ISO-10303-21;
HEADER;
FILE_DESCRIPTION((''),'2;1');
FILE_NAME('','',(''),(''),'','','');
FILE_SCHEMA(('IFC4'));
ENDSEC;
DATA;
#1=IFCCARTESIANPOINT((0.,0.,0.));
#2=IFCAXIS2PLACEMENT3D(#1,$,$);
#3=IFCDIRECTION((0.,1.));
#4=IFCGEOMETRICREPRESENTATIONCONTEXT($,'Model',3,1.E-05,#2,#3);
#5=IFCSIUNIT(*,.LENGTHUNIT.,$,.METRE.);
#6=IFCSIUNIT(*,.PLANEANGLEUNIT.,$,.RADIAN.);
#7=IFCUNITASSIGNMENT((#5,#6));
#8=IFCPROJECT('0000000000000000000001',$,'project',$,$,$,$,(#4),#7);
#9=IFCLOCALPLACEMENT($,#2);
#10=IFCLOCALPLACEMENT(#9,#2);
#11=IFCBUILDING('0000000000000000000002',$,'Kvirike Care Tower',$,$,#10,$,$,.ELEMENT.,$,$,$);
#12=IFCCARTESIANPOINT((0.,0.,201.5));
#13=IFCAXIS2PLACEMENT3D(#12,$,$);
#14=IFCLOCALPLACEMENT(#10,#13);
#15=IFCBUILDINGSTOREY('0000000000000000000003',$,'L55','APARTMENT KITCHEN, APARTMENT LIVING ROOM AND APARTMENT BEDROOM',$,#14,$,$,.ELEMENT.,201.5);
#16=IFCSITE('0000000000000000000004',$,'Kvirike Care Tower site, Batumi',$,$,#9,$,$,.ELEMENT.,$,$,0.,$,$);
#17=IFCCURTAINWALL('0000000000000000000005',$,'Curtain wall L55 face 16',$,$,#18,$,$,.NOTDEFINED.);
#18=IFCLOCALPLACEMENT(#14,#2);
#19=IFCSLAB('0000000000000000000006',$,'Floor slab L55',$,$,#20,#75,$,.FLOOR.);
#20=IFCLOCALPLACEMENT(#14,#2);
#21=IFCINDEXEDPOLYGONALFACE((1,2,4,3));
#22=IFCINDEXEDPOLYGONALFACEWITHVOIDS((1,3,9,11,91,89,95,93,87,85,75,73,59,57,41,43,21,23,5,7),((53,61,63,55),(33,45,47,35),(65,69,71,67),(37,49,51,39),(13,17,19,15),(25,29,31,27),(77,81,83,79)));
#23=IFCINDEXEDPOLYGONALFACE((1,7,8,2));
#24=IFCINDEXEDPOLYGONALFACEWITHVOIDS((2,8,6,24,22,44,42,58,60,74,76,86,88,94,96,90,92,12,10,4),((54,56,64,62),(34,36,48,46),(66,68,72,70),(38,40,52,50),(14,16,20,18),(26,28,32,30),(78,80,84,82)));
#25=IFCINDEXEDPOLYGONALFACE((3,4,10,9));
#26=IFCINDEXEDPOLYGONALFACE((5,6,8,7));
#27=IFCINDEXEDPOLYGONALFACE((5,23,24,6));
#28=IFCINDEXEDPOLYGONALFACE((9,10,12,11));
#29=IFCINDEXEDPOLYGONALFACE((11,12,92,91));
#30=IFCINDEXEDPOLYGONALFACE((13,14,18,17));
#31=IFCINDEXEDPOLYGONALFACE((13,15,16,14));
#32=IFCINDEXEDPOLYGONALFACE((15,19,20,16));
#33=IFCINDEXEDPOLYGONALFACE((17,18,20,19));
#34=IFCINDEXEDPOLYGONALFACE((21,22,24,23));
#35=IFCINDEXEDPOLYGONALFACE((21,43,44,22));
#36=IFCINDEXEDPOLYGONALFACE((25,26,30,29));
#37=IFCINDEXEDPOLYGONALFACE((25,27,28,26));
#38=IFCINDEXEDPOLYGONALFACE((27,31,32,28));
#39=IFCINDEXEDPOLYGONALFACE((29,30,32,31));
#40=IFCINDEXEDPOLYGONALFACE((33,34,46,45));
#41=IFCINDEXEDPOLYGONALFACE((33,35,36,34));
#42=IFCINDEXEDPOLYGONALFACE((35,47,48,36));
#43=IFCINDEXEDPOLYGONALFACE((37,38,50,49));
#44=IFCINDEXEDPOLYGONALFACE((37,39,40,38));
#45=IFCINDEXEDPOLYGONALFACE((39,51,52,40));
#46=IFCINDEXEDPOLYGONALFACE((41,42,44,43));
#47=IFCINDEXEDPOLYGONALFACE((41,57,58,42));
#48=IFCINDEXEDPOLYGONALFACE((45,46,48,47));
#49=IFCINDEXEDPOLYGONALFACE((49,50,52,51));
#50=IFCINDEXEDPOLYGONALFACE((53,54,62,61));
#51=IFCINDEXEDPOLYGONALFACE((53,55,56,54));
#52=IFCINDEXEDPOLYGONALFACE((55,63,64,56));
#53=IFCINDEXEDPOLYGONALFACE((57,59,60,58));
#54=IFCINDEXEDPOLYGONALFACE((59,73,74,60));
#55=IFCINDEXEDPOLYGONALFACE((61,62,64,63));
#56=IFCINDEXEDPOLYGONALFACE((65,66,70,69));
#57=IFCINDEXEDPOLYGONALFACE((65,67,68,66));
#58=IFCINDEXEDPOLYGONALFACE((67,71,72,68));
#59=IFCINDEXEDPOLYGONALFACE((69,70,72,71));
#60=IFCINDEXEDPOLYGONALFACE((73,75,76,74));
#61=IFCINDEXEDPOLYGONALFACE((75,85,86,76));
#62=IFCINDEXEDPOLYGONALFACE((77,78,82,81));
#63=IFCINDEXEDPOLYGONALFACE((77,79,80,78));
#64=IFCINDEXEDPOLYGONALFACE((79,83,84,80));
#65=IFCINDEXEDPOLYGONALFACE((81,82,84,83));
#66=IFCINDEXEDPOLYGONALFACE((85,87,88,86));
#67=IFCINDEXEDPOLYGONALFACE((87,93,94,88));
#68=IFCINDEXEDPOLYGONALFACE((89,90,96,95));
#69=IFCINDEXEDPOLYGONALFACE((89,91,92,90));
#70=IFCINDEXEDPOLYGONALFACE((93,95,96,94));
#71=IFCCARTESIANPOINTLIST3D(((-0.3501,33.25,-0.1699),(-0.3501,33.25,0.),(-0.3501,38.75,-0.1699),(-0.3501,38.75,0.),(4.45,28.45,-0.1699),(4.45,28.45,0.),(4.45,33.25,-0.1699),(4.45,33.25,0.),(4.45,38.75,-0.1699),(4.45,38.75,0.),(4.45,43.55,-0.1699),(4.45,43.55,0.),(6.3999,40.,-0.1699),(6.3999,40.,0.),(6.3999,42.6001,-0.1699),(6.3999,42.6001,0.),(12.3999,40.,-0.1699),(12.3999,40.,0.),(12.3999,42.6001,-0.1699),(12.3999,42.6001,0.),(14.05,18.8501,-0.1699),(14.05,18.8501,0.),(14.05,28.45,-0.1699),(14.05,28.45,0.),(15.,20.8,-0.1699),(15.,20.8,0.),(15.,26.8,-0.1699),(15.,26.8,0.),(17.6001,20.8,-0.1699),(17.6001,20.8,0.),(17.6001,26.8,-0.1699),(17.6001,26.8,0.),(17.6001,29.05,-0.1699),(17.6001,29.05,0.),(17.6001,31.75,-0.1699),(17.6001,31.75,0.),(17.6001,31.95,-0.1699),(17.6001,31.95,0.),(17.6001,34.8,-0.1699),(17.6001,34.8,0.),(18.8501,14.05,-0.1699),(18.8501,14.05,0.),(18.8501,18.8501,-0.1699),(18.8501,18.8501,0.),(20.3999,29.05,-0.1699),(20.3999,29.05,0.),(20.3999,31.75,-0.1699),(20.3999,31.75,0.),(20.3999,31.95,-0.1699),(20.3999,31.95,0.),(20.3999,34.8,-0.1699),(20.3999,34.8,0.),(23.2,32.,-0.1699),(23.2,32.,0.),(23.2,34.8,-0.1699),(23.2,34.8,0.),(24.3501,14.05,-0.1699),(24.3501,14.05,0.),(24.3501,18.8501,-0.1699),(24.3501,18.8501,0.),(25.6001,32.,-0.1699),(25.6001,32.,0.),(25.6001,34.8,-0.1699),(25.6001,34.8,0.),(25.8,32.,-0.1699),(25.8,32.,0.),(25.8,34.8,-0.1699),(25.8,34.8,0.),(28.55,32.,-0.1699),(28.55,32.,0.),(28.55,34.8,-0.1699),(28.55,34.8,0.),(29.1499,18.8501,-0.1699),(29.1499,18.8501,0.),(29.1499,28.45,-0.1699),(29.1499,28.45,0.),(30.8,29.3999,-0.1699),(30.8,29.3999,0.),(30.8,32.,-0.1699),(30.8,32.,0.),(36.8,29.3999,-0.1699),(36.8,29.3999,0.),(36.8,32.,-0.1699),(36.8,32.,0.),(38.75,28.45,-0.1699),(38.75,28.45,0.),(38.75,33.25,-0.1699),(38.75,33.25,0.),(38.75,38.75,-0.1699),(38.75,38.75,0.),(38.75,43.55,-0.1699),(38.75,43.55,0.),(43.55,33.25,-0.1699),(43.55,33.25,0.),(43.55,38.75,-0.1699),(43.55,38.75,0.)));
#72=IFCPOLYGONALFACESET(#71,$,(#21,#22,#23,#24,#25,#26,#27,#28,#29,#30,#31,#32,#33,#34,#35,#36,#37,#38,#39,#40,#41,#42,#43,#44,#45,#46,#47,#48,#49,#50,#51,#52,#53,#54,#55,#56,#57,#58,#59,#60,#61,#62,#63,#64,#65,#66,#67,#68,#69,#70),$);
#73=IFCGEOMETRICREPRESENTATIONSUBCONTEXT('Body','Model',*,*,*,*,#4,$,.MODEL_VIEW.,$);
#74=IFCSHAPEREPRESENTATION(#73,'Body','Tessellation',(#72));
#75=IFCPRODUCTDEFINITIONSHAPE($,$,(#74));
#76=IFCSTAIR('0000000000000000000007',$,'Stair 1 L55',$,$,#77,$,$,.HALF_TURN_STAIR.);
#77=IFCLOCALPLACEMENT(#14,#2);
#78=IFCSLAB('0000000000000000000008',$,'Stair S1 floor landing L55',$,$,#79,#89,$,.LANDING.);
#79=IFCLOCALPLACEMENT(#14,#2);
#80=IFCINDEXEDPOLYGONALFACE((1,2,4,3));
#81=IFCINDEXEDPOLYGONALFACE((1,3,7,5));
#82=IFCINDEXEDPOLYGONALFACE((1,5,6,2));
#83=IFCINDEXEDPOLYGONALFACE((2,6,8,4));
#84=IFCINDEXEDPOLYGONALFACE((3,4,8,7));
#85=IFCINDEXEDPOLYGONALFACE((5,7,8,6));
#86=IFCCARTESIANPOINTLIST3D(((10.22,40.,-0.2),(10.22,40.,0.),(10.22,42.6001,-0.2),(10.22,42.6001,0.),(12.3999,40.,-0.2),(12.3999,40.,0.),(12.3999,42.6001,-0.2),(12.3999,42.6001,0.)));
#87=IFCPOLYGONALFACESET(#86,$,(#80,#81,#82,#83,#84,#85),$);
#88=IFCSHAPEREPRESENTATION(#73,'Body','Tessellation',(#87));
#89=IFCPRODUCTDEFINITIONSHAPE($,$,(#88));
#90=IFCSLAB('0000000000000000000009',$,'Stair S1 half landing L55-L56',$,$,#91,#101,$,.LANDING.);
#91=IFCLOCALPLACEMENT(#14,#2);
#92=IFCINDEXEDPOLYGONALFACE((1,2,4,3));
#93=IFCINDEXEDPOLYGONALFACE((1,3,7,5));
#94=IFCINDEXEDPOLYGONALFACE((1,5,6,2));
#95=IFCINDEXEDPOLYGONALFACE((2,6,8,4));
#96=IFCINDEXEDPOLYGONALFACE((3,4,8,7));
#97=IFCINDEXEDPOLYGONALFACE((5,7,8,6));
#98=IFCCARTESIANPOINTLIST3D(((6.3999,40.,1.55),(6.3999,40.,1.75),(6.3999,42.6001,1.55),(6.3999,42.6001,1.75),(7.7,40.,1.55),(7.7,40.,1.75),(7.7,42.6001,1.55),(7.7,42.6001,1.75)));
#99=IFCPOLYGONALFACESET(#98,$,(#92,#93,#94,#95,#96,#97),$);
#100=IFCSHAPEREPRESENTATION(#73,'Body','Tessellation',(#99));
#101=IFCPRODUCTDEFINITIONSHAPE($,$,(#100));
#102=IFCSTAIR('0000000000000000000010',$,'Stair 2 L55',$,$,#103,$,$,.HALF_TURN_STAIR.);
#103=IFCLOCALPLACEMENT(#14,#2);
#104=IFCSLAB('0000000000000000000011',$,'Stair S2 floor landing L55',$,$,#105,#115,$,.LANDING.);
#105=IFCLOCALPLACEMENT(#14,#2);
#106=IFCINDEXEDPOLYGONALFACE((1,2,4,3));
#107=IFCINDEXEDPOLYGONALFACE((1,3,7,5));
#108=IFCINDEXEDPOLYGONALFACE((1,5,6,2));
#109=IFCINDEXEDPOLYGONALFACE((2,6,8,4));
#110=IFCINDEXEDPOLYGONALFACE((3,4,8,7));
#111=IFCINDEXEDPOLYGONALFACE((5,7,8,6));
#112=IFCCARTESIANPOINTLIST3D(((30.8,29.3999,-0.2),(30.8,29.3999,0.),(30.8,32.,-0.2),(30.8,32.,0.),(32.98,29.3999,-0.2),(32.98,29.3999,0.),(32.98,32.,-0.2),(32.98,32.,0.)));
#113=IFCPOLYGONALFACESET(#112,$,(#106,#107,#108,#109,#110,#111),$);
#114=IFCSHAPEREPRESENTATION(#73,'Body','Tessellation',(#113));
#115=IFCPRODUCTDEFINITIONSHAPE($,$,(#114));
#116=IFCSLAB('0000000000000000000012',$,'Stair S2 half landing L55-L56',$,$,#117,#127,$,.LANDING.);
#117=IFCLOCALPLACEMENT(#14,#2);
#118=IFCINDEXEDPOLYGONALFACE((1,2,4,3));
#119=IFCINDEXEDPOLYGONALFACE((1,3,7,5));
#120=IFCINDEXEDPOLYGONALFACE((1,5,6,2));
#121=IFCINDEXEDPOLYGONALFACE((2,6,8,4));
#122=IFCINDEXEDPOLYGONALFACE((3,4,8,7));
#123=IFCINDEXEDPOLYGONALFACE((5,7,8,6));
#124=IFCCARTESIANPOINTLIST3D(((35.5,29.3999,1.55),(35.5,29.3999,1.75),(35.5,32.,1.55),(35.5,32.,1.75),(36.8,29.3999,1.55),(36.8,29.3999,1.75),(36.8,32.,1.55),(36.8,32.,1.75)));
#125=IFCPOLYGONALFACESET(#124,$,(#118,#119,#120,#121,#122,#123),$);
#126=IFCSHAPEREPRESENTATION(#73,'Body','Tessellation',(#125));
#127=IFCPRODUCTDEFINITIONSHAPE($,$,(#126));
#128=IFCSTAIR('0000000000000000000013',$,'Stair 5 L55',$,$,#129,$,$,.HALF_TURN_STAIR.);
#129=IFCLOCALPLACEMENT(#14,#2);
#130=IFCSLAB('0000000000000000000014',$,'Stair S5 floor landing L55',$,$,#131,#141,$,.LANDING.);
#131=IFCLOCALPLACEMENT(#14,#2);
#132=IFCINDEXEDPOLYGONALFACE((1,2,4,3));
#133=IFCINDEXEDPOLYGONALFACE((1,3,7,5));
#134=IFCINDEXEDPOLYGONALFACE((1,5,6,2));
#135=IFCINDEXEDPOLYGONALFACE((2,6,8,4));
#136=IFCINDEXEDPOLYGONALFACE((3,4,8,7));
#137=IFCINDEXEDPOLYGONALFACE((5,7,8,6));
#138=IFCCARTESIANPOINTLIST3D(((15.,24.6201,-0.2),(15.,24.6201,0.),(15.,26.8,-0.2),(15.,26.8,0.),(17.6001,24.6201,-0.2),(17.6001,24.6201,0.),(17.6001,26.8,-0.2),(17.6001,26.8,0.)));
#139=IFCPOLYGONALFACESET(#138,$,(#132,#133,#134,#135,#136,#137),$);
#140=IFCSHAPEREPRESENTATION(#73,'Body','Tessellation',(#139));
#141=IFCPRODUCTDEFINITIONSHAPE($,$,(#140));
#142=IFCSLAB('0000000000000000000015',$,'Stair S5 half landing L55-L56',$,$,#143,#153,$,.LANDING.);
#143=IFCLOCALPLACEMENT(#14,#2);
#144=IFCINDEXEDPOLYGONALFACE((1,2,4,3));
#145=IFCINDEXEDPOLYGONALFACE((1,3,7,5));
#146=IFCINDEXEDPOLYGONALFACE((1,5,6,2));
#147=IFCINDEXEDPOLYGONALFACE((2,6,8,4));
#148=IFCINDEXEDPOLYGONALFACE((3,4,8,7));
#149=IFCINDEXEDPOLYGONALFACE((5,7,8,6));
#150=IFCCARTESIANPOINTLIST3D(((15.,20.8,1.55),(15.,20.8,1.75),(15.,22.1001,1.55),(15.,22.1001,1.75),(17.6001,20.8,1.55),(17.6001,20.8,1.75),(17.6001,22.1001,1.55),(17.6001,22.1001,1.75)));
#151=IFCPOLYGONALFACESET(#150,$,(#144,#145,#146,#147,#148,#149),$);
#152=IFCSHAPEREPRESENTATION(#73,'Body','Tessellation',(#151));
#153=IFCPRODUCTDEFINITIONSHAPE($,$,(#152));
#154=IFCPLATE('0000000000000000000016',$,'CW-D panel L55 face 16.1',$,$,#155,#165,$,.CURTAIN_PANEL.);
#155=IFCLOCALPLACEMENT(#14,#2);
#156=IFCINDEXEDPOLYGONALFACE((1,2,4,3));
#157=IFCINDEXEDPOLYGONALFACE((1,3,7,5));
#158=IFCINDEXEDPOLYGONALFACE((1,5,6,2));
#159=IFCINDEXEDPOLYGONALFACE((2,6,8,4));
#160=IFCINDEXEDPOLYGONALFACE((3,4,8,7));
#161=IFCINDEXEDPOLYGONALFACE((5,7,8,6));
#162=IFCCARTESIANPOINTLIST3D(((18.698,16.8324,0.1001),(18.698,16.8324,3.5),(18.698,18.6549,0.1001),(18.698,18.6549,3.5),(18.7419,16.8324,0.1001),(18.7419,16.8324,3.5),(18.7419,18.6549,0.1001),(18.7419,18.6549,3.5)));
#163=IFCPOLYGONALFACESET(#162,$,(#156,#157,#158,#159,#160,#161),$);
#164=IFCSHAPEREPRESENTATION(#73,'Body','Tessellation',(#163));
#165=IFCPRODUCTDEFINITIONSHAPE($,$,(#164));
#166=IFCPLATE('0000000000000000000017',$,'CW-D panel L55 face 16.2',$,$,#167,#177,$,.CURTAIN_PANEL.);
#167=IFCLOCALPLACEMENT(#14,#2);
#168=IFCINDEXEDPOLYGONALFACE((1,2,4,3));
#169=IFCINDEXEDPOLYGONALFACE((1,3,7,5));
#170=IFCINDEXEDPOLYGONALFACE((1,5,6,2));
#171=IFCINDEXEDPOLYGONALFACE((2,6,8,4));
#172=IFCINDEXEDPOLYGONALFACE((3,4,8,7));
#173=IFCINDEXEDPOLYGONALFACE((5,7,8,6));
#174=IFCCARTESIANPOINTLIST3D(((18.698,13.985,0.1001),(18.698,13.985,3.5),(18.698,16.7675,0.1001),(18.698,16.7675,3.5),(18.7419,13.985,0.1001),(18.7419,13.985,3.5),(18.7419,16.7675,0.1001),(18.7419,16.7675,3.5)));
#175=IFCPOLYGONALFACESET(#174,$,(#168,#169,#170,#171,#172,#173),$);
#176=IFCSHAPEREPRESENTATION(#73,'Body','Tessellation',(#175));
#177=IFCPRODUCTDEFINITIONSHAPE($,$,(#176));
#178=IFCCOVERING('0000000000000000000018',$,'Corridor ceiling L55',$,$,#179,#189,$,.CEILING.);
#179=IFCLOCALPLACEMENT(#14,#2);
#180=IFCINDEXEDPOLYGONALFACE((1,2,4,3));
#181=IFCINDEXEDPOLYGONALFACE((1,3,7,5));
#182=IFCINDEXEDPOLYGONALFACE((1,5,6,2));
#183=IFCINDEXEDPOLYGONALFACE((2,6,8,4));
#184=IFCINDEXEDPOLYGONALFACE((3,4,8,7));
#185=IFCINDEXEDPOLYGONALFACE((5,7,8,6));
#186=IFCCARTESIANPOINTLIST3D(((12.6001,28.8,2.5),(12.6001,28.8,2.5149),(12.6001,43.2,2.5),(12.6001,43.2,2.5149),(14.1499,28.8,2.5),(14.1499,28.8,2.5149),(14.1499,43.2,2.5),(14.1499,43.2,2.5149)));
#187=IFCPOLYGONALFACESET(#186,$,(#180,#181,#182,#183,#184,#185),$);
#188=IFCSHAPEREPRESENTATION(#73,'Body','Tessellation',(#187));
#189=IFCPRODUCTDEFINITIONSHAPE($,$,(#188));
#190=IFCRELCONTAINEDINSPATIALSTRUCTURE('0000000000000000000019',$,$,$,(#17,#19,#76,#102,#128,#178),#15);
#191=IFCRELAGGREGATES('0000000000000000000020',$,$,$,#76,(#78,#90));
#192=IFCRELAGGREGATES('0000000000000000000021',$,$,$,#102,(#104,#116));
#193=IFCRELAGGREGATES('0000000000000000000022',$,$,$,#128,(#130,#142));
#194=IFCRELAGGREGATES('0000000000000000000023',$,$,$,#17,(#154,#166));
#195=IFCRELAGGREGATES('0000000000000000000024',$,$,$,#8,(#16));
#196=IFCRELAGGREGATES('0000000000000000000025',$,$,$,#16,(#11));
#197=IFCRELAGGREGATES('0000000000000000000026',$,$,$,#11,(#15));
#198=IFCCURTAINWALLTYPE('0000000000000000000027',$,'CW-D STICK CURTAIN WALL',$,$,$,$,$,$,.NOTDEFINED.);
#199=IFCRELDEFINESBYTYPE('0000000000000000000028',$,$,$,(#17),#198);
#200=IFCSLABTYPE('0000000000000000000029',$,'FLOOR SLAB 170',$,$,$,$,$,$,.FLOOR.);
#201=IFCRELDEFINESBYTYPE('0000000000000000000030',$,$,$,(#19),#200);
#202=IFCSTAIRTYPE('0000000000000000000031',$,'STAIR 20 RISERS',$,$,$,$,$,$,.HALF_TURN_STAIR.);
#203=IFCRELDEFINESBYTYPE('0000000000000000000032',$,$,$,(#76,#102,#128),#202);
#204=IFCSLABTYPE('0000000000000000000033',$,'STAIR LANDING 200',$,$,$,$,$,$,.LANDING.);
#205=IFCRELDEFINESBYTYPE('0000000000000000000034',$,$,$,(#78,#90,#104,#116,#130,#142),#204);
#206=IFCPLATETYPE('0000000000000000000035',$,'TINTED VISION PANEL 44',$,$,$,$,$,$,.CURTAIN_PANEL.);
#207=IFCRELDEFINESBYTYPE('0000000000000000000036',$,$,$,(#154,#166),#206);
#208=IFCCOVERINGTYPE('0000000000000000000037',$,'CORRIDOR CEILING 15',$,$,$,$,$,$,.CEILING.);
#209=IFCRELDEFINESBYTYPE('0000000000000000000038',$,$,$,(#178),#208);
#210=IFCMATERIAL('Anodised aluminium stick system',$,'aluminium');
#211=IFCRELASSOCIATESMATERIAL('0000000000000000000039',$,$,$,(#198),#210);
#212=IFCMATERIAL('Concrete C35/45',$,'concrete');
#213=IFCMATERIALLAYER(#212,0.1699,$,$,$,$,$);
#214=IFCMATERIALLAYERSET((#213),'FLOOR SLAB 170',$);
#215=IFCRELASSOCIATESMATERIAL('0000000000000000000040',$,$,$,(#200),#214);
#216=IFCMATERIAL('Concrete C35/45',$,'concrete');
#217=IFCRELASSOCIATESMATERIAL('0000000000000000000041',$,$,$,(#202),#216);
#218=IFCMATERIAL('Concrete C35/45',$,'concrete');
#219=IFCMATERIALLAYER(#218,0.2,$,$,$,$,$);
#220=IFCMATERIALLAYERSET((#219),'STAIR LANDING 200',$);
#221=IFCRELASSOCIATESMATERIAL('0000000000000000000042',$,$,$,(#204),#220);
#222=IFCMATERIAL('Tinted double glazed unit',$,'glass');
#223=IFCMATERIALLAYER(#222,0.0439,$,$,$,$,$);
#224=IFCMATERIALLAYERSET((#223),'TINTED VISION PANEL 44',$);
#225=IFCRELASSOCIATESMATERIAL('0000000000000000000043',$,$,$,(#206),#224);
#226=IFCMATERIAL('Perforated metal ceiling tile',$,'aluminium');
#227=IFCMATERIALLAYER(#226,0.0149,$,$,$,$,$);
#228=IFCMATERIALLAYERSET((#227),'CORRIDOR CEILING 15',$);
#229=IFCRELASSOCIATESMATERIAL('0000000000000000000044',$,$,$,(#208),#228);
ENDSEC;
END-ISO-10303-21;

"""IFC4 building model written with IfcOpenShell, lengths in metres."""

from ifc_helpers import new_model, si_unit, direction, frame, origin, origin_2d, place, context, subcontext, project, spatial, polyline, rectangle, outline, extrude, material, layer, layer_set, type_object, element, aggregate, save


model = new_model("IFC4")

# Units and contexts
model_context = context("Model", 3, precision=1e-05, world=origin(), true_north=direction((0.0, 1.0)))
body_context = subcontext(model_context, "Body", "Model", "MODEL_VIEW")
ifc_project = project(units=[si_unit("LENGTHUNIT", "METRE"), si_unit("PLANEANGLEUNIT", "RADIAN")], contexts=[model_context])

# Site, building, storey
site_placement = place(None, origin())
site = spatial("IfcSite", under=ifc_project, at=site_placement, Name="Kvirike Care Tower site, Batumi", CompositionType="ELEMENT", RefElevation=0.0)
building_placement = place(site_placement, origin())
building = spatial("IfcBuilding", under=site, at=building_placement, Name="Kvirike Care Tower", CompositionType="ELEMENT")
storey_placement = place(building_placement, frame((0.0, 0.0, 201.5)))
storey = spatial("IfcBuildingStorey", under=building, at=storey_placement, Name="L55", Description="APARTMENT KITCHEN, APARTMENT LIVING ROOM AND APARTMENT BEDROOM", CompositionType="ELEMENT", Elevation=201.5)

# Curtain wall
ifc_material_1 = material(Name="Anodised aluminium stick system", Category="aluminium")
curtain_wall_type = type_object("IfcCurtainWallType", Name="CW-D STICK CURTAIN WALL", PredefinedType="NOTDEFINED", material=ifc_material_1)
curtain_wall_1_placement = place(storey_placement, origin())
curtain_wall_1 = element("IfcCurtainWall", 1, at=curtain_wall_1_placement, inside=storey, type_object=curtain_wall_type, Name="Curtain wall L55 face 16", PredefinedType="NOTDEFINED")

# Slab
ifc_material_2 = material(Name="Concrete C35/45", Category="concrete")
ifc_layer_1 = layer(ifc_material_2, 0.1699)
ifc_layer_set_1 = layer_set([ifc_layer_1], Name="FLOOR SLAB 170")
slab_type_1 = type_object("IfcSlabType", Name="FLOOR SLAB 170", PredefinedType="FLOOR", material=ifc_layer_set_1)
slab_1_placement = place(storey_placement, frame((0.0, 0.0, -0.1699)))
element("IfcSlab", 2, at=slab_1_placement, inside=storey, type_object=slab_type_1, Name="Floor slab L55", PredefinedType="FLOOR", context=body_context, shape_type="SweptSolid", body=[
    extrude(outline(polyline([(29.1499, 28.45), (38.75, 28.45), (38.75, 33.25), (43.55, 33.25), (43.55, 38.75), (38.75, 38.75), (38.75, 43.55), (4.45, 43.55), (4.45, 38.75), (-0.3501, 38.75), (-0.3501, 33.25), (4.45, 33.25), (4.45, 28.45), (14.05, 28.45), (14.05, 18.8501), (18.8501, 18.8501), (18.8501, 14.05), (24.3501, 14.05), (24.3501, 18.8501), (29.1499, 18.8501), (29.1499, 28.45)]), holes=[polyline([(17.6001, 29.05), (17.6001, 31.75), (20.3999, 31.75), (20.3999, 29.05), (17.6001, 29.05)]), polyline([(17.6001, 31.95), (17.6001, 34.8), (20.3999, 34.8), (20.3999, 31.95), (17.6001, 31.95)]), polyline([(23.2, 32.0), (23.2, 34.8), (25.6001, 34.8), (25.6001, 32.0), (23.2, 32.0)]), polyline([(25.8, 32.0), (25.8, 34.8), (28.55, 34.8), (28.55, 32.0), (25.8, 32.0)]), polyline([(12.3999, 42.6001), (12.3999, 40.0), (6.3999, 40.0), (6.3999, 42.6001), (12.3999, 42.6001)]), polyline([(30.8, 29.3999), (30.8, 32.0), (36.8, 32.0), (36.8, 29.3999), (30.8, 29.3999)]), polyline([(15.0, 26.8), (17.6001, 26.8), (17.6001, 20.8), (15.0, 20.8), (15.0, 26.8)])]), origin(), (0.0, 0.0, 1.0), 0.1699),
])

# Stairs, slabs
ifc_material_3 = material(Name="Concrete C35/45", Category="concrete")
stair_type = type_object("IfcStairType", Name="STAIR 20 RISERS", PredefinedType="HALF_TURN_STAIR", material=ifc_material_3)
stair_1_placement = place(storey_placement, origin())
stair_1 = element("IfcStair", 3, at=stair_1_placement, inside=storey, type_object=stair_type, Name="Stair 1 L55", PredefinedType="HALF_TURN_STAIR")
ifc_material_4 = material(Name="Concrete C35/45", Category="concrete")
ifc_layer_2 = layer(ifc_material_4, 0.2)
ifc_layer_set_2 = layer_set([ifc_layer_2], Name="STAIR LANDING 200")
slab_type_2 = type_object("IfcSlabType", Name="STAIR LANDING 200", PredefinedType="LANDING", material=ifc_layer_set_2)
slab_2_placement = place(storey_placement, frame((0.0, 0.0, -0.2)))
slab_2 = element("IfcSlab", 4, at=slab_2_placement, type_object=slab_type_2, Name="Stair S1 floor landing L55", PredefinedType="LANDING", context=body_context, shape_type="SweptSolid", body=[
    extrude(outline(polyline([(10.22, 42.6001), (10.22, 40.0), (12.3999, 40.0), (12.3999, 42.6001), (10.22, 42.6001)])), origin(), (0.0, 0.0, 1.0), 0.2),
])
slab_3_placement = place(storey_placement, frame((0.0, 0.0, 1.55)))
slab_3 = element("IfcSlab", 5, at=slab_3_placement, type_object=slab_type_2, Name="Stair S1 half landing L55-L56", PredefinedType="LANDING", context=body_context, shape_type="SweptSolid", body=[
    extrude(outline(polyline([(6.3999, 42.6001), (6.3999, 40.0), (7.7, 40.0), (7.7, 42.6001), (6.3999, 42.6001)])), origin(), (0.0, 0.0, 1.0), 0.2),
])
aggregate(stair_1, [slab_2, slab_3])
stair_2_placement = place(storey_placement, origin())
stair_2 = element("IfcStair", 6, at=stair_2_placement, inside=storey, type_object=stair_type, Name="Stair 2 L55", PredefinedType="HALF_TURN_STAIR")
slab_4_placement = place(storey_placement, frame((0.0, 0.0, -0.2)))
slab_4 = element("IfcSlab", 7, at=slab_4_placement, type_object=slab_type_2, Name="Stair S2 floor landing L55", PredefinedType="LANDING", context=body_context, shape_type="SweptSolid", body=[
    extrude(outline(polyline([(32.98, 29.3999), (32.98, 32.0), (30.8, 32.0), (30.8, 29.3999), (32.98, 29.3999)])), origin(), (0.0, 0.0, 1.0), 0.2),
])
slab_5_placement = place(storey_placement, frame((0.0, 0.0, 1.55)))
slab_5 = element("IfcSlab", 8, at=slab_5_placement, type_object=slab_type_2, Name="Stair S2 half landing L55-L56", PredefinedType="LANDING", context=body_context, shape_type="SweptSolid", body=[
    extrude(outline(polyline([(36.8, 29.3999), (36.8, 32.0), (35.5, 32.0), (35.5, 29.3999), (36.8, 29.3999)])), origin(), (0.0, 0.0, 1.0), 0.2),
])
aggregate(stair_2, [slab_4, slab_5])
stair_3_placement = place(storey_placement, origin())
stair_3 = element("IfcStair", 9, at=stair_3_placement, inside=storey, type_object=stair_type, Name="Stair 5 L55", PredefinedType="HALF_TURN_STAIR")
slab_6_placement = place(storey_placement, frame((0.0, 0.0, -0.2)))
slab_6 = element("IfcSlab", 10, at=slab_6_placement, type_object=slab_type_2, Name="Stair S5 floor landing L55", PredefinedType="LANDING", context=body_context, shape_type="SweptSolid", body=[
    extrude(outline(polyline([(15.0, 24.6201), (17.6001, 24.6201), (17.6001, 26.8), (15.0, 26.8), (15.0, 24.6201)])), origin(), (0.0, 0.0, 1.0), 0.2),
])
slab_7_placement = place(storey_placement, frame((0.0, 0.0, 1.55)))
slab_7 = element("IfcSlab", 11, at=slab_7_placement, type_object=slab_type_2, Name="Stair S5 half landing L55-L56", PredefinedType="LANDING", context=body_context, shape_type="SweptSolid", body=[
    extrude(outline(polyline([(15.0, 20.8), (17.6001, 20.8), (17.6001, 22.1001), (15.0, 22.1001), (15.0, 20.8)])), origin(), (0.0, 0.0, 1.0), 0.2),
])
aggregate(stair_3, [slab_6, slab_7])

# Plates
ifc_material_5 = material(Name="Tinted double glazed unit", Category="glass")
ifc_layer_3 = layer(ifc_material_5, 0.0439)
ifc_layer_set_3 = layer_set([ifc_layer_3], Name="TINTED VISION PANEL 44")
plate_type = type_object("IfcPlateType", Name="TINTED VISION PANEL 44", PredefinedType="CURTAIN_PANEL", material=ifc_layer_set_3)
plate_1_placement = place(storey_placement, frame((18.72, 17.7437, 0.1001), z_axis=(0.0, 0.0, 1.0), x_axis=(0.0, -1.0, 0.0)))
plate_1 = element("IfcPlate", 12, at=plate_1_placement, type_object=plate_type, Name="CW-D panel L55 face 16.1", PredefinedType="CURTAIN_PANEL", context=body_context, shape_type="SweptSolid", body=[
    extrude(rectangle(XDim=1.8225, YDim=0.0439, at=origin_2d()), origin(), (0.0, 0.0, 1.0), 3.3999),
])
plate_2_placement = place(storey_placement, frame((18.72, 15.3762, 0.1001), z_axis=(0.0, 0.0, 1.0), x_axis=(0.0, -1.0, 0.0)))
plate_2 = element("IfcPlate", 13, at=plate_2_placement, type_object=plate_type, Name="CW-D panel L55 face 16.2", PredefinedType="CURTAIN_PANEL", context=body_context, shape_type="SweptSolid", body=[
    extrude(rectangle(XDim=2.7825, YDim=0.0439, at=origin_2d()), origin(), (0.0, 0.0, 1.0), 3.3999),
])
aggregate(curtain_wall_1, [plate_1, plate_2])

# Covering
ifc_material_6 = material(Name="Perforated metal ceiling tile", Category="aluminium")
ifc_layer_4 = layer(ifc_material_6, 0.0149)
ifc_layer_set_4 = layer_set([ifc_layer_4], Name="CORRIDOR CEILING 15")
covering_type_1 = type_object("IfcCoveringType", Name="CORRIDOR CEILING 15", PredefinedType="CEILING", material=ifc_layer_set_4)
covering_1_placement = place(storey_placement, frame((0.0, 0.0, 2.5)))
element("IfcCovering", 14, at=covering_1_placement, inside=storey, type_object=covering_type_1, Name="Corridor ceiling L55", PredefinedType="CEILING", context=body_context, shape_type="SweptSolid", body=[
    extrude(outline(polyline([(12.6001, 43.2), (14.1499, 43.2), (14.1499, 28.8), (12.6001, 28.8), (12.6001, 43.2)])), origin(), (0.0, 0.0, 1.0), 0.0149),
])

save(model, "model.ifc")
